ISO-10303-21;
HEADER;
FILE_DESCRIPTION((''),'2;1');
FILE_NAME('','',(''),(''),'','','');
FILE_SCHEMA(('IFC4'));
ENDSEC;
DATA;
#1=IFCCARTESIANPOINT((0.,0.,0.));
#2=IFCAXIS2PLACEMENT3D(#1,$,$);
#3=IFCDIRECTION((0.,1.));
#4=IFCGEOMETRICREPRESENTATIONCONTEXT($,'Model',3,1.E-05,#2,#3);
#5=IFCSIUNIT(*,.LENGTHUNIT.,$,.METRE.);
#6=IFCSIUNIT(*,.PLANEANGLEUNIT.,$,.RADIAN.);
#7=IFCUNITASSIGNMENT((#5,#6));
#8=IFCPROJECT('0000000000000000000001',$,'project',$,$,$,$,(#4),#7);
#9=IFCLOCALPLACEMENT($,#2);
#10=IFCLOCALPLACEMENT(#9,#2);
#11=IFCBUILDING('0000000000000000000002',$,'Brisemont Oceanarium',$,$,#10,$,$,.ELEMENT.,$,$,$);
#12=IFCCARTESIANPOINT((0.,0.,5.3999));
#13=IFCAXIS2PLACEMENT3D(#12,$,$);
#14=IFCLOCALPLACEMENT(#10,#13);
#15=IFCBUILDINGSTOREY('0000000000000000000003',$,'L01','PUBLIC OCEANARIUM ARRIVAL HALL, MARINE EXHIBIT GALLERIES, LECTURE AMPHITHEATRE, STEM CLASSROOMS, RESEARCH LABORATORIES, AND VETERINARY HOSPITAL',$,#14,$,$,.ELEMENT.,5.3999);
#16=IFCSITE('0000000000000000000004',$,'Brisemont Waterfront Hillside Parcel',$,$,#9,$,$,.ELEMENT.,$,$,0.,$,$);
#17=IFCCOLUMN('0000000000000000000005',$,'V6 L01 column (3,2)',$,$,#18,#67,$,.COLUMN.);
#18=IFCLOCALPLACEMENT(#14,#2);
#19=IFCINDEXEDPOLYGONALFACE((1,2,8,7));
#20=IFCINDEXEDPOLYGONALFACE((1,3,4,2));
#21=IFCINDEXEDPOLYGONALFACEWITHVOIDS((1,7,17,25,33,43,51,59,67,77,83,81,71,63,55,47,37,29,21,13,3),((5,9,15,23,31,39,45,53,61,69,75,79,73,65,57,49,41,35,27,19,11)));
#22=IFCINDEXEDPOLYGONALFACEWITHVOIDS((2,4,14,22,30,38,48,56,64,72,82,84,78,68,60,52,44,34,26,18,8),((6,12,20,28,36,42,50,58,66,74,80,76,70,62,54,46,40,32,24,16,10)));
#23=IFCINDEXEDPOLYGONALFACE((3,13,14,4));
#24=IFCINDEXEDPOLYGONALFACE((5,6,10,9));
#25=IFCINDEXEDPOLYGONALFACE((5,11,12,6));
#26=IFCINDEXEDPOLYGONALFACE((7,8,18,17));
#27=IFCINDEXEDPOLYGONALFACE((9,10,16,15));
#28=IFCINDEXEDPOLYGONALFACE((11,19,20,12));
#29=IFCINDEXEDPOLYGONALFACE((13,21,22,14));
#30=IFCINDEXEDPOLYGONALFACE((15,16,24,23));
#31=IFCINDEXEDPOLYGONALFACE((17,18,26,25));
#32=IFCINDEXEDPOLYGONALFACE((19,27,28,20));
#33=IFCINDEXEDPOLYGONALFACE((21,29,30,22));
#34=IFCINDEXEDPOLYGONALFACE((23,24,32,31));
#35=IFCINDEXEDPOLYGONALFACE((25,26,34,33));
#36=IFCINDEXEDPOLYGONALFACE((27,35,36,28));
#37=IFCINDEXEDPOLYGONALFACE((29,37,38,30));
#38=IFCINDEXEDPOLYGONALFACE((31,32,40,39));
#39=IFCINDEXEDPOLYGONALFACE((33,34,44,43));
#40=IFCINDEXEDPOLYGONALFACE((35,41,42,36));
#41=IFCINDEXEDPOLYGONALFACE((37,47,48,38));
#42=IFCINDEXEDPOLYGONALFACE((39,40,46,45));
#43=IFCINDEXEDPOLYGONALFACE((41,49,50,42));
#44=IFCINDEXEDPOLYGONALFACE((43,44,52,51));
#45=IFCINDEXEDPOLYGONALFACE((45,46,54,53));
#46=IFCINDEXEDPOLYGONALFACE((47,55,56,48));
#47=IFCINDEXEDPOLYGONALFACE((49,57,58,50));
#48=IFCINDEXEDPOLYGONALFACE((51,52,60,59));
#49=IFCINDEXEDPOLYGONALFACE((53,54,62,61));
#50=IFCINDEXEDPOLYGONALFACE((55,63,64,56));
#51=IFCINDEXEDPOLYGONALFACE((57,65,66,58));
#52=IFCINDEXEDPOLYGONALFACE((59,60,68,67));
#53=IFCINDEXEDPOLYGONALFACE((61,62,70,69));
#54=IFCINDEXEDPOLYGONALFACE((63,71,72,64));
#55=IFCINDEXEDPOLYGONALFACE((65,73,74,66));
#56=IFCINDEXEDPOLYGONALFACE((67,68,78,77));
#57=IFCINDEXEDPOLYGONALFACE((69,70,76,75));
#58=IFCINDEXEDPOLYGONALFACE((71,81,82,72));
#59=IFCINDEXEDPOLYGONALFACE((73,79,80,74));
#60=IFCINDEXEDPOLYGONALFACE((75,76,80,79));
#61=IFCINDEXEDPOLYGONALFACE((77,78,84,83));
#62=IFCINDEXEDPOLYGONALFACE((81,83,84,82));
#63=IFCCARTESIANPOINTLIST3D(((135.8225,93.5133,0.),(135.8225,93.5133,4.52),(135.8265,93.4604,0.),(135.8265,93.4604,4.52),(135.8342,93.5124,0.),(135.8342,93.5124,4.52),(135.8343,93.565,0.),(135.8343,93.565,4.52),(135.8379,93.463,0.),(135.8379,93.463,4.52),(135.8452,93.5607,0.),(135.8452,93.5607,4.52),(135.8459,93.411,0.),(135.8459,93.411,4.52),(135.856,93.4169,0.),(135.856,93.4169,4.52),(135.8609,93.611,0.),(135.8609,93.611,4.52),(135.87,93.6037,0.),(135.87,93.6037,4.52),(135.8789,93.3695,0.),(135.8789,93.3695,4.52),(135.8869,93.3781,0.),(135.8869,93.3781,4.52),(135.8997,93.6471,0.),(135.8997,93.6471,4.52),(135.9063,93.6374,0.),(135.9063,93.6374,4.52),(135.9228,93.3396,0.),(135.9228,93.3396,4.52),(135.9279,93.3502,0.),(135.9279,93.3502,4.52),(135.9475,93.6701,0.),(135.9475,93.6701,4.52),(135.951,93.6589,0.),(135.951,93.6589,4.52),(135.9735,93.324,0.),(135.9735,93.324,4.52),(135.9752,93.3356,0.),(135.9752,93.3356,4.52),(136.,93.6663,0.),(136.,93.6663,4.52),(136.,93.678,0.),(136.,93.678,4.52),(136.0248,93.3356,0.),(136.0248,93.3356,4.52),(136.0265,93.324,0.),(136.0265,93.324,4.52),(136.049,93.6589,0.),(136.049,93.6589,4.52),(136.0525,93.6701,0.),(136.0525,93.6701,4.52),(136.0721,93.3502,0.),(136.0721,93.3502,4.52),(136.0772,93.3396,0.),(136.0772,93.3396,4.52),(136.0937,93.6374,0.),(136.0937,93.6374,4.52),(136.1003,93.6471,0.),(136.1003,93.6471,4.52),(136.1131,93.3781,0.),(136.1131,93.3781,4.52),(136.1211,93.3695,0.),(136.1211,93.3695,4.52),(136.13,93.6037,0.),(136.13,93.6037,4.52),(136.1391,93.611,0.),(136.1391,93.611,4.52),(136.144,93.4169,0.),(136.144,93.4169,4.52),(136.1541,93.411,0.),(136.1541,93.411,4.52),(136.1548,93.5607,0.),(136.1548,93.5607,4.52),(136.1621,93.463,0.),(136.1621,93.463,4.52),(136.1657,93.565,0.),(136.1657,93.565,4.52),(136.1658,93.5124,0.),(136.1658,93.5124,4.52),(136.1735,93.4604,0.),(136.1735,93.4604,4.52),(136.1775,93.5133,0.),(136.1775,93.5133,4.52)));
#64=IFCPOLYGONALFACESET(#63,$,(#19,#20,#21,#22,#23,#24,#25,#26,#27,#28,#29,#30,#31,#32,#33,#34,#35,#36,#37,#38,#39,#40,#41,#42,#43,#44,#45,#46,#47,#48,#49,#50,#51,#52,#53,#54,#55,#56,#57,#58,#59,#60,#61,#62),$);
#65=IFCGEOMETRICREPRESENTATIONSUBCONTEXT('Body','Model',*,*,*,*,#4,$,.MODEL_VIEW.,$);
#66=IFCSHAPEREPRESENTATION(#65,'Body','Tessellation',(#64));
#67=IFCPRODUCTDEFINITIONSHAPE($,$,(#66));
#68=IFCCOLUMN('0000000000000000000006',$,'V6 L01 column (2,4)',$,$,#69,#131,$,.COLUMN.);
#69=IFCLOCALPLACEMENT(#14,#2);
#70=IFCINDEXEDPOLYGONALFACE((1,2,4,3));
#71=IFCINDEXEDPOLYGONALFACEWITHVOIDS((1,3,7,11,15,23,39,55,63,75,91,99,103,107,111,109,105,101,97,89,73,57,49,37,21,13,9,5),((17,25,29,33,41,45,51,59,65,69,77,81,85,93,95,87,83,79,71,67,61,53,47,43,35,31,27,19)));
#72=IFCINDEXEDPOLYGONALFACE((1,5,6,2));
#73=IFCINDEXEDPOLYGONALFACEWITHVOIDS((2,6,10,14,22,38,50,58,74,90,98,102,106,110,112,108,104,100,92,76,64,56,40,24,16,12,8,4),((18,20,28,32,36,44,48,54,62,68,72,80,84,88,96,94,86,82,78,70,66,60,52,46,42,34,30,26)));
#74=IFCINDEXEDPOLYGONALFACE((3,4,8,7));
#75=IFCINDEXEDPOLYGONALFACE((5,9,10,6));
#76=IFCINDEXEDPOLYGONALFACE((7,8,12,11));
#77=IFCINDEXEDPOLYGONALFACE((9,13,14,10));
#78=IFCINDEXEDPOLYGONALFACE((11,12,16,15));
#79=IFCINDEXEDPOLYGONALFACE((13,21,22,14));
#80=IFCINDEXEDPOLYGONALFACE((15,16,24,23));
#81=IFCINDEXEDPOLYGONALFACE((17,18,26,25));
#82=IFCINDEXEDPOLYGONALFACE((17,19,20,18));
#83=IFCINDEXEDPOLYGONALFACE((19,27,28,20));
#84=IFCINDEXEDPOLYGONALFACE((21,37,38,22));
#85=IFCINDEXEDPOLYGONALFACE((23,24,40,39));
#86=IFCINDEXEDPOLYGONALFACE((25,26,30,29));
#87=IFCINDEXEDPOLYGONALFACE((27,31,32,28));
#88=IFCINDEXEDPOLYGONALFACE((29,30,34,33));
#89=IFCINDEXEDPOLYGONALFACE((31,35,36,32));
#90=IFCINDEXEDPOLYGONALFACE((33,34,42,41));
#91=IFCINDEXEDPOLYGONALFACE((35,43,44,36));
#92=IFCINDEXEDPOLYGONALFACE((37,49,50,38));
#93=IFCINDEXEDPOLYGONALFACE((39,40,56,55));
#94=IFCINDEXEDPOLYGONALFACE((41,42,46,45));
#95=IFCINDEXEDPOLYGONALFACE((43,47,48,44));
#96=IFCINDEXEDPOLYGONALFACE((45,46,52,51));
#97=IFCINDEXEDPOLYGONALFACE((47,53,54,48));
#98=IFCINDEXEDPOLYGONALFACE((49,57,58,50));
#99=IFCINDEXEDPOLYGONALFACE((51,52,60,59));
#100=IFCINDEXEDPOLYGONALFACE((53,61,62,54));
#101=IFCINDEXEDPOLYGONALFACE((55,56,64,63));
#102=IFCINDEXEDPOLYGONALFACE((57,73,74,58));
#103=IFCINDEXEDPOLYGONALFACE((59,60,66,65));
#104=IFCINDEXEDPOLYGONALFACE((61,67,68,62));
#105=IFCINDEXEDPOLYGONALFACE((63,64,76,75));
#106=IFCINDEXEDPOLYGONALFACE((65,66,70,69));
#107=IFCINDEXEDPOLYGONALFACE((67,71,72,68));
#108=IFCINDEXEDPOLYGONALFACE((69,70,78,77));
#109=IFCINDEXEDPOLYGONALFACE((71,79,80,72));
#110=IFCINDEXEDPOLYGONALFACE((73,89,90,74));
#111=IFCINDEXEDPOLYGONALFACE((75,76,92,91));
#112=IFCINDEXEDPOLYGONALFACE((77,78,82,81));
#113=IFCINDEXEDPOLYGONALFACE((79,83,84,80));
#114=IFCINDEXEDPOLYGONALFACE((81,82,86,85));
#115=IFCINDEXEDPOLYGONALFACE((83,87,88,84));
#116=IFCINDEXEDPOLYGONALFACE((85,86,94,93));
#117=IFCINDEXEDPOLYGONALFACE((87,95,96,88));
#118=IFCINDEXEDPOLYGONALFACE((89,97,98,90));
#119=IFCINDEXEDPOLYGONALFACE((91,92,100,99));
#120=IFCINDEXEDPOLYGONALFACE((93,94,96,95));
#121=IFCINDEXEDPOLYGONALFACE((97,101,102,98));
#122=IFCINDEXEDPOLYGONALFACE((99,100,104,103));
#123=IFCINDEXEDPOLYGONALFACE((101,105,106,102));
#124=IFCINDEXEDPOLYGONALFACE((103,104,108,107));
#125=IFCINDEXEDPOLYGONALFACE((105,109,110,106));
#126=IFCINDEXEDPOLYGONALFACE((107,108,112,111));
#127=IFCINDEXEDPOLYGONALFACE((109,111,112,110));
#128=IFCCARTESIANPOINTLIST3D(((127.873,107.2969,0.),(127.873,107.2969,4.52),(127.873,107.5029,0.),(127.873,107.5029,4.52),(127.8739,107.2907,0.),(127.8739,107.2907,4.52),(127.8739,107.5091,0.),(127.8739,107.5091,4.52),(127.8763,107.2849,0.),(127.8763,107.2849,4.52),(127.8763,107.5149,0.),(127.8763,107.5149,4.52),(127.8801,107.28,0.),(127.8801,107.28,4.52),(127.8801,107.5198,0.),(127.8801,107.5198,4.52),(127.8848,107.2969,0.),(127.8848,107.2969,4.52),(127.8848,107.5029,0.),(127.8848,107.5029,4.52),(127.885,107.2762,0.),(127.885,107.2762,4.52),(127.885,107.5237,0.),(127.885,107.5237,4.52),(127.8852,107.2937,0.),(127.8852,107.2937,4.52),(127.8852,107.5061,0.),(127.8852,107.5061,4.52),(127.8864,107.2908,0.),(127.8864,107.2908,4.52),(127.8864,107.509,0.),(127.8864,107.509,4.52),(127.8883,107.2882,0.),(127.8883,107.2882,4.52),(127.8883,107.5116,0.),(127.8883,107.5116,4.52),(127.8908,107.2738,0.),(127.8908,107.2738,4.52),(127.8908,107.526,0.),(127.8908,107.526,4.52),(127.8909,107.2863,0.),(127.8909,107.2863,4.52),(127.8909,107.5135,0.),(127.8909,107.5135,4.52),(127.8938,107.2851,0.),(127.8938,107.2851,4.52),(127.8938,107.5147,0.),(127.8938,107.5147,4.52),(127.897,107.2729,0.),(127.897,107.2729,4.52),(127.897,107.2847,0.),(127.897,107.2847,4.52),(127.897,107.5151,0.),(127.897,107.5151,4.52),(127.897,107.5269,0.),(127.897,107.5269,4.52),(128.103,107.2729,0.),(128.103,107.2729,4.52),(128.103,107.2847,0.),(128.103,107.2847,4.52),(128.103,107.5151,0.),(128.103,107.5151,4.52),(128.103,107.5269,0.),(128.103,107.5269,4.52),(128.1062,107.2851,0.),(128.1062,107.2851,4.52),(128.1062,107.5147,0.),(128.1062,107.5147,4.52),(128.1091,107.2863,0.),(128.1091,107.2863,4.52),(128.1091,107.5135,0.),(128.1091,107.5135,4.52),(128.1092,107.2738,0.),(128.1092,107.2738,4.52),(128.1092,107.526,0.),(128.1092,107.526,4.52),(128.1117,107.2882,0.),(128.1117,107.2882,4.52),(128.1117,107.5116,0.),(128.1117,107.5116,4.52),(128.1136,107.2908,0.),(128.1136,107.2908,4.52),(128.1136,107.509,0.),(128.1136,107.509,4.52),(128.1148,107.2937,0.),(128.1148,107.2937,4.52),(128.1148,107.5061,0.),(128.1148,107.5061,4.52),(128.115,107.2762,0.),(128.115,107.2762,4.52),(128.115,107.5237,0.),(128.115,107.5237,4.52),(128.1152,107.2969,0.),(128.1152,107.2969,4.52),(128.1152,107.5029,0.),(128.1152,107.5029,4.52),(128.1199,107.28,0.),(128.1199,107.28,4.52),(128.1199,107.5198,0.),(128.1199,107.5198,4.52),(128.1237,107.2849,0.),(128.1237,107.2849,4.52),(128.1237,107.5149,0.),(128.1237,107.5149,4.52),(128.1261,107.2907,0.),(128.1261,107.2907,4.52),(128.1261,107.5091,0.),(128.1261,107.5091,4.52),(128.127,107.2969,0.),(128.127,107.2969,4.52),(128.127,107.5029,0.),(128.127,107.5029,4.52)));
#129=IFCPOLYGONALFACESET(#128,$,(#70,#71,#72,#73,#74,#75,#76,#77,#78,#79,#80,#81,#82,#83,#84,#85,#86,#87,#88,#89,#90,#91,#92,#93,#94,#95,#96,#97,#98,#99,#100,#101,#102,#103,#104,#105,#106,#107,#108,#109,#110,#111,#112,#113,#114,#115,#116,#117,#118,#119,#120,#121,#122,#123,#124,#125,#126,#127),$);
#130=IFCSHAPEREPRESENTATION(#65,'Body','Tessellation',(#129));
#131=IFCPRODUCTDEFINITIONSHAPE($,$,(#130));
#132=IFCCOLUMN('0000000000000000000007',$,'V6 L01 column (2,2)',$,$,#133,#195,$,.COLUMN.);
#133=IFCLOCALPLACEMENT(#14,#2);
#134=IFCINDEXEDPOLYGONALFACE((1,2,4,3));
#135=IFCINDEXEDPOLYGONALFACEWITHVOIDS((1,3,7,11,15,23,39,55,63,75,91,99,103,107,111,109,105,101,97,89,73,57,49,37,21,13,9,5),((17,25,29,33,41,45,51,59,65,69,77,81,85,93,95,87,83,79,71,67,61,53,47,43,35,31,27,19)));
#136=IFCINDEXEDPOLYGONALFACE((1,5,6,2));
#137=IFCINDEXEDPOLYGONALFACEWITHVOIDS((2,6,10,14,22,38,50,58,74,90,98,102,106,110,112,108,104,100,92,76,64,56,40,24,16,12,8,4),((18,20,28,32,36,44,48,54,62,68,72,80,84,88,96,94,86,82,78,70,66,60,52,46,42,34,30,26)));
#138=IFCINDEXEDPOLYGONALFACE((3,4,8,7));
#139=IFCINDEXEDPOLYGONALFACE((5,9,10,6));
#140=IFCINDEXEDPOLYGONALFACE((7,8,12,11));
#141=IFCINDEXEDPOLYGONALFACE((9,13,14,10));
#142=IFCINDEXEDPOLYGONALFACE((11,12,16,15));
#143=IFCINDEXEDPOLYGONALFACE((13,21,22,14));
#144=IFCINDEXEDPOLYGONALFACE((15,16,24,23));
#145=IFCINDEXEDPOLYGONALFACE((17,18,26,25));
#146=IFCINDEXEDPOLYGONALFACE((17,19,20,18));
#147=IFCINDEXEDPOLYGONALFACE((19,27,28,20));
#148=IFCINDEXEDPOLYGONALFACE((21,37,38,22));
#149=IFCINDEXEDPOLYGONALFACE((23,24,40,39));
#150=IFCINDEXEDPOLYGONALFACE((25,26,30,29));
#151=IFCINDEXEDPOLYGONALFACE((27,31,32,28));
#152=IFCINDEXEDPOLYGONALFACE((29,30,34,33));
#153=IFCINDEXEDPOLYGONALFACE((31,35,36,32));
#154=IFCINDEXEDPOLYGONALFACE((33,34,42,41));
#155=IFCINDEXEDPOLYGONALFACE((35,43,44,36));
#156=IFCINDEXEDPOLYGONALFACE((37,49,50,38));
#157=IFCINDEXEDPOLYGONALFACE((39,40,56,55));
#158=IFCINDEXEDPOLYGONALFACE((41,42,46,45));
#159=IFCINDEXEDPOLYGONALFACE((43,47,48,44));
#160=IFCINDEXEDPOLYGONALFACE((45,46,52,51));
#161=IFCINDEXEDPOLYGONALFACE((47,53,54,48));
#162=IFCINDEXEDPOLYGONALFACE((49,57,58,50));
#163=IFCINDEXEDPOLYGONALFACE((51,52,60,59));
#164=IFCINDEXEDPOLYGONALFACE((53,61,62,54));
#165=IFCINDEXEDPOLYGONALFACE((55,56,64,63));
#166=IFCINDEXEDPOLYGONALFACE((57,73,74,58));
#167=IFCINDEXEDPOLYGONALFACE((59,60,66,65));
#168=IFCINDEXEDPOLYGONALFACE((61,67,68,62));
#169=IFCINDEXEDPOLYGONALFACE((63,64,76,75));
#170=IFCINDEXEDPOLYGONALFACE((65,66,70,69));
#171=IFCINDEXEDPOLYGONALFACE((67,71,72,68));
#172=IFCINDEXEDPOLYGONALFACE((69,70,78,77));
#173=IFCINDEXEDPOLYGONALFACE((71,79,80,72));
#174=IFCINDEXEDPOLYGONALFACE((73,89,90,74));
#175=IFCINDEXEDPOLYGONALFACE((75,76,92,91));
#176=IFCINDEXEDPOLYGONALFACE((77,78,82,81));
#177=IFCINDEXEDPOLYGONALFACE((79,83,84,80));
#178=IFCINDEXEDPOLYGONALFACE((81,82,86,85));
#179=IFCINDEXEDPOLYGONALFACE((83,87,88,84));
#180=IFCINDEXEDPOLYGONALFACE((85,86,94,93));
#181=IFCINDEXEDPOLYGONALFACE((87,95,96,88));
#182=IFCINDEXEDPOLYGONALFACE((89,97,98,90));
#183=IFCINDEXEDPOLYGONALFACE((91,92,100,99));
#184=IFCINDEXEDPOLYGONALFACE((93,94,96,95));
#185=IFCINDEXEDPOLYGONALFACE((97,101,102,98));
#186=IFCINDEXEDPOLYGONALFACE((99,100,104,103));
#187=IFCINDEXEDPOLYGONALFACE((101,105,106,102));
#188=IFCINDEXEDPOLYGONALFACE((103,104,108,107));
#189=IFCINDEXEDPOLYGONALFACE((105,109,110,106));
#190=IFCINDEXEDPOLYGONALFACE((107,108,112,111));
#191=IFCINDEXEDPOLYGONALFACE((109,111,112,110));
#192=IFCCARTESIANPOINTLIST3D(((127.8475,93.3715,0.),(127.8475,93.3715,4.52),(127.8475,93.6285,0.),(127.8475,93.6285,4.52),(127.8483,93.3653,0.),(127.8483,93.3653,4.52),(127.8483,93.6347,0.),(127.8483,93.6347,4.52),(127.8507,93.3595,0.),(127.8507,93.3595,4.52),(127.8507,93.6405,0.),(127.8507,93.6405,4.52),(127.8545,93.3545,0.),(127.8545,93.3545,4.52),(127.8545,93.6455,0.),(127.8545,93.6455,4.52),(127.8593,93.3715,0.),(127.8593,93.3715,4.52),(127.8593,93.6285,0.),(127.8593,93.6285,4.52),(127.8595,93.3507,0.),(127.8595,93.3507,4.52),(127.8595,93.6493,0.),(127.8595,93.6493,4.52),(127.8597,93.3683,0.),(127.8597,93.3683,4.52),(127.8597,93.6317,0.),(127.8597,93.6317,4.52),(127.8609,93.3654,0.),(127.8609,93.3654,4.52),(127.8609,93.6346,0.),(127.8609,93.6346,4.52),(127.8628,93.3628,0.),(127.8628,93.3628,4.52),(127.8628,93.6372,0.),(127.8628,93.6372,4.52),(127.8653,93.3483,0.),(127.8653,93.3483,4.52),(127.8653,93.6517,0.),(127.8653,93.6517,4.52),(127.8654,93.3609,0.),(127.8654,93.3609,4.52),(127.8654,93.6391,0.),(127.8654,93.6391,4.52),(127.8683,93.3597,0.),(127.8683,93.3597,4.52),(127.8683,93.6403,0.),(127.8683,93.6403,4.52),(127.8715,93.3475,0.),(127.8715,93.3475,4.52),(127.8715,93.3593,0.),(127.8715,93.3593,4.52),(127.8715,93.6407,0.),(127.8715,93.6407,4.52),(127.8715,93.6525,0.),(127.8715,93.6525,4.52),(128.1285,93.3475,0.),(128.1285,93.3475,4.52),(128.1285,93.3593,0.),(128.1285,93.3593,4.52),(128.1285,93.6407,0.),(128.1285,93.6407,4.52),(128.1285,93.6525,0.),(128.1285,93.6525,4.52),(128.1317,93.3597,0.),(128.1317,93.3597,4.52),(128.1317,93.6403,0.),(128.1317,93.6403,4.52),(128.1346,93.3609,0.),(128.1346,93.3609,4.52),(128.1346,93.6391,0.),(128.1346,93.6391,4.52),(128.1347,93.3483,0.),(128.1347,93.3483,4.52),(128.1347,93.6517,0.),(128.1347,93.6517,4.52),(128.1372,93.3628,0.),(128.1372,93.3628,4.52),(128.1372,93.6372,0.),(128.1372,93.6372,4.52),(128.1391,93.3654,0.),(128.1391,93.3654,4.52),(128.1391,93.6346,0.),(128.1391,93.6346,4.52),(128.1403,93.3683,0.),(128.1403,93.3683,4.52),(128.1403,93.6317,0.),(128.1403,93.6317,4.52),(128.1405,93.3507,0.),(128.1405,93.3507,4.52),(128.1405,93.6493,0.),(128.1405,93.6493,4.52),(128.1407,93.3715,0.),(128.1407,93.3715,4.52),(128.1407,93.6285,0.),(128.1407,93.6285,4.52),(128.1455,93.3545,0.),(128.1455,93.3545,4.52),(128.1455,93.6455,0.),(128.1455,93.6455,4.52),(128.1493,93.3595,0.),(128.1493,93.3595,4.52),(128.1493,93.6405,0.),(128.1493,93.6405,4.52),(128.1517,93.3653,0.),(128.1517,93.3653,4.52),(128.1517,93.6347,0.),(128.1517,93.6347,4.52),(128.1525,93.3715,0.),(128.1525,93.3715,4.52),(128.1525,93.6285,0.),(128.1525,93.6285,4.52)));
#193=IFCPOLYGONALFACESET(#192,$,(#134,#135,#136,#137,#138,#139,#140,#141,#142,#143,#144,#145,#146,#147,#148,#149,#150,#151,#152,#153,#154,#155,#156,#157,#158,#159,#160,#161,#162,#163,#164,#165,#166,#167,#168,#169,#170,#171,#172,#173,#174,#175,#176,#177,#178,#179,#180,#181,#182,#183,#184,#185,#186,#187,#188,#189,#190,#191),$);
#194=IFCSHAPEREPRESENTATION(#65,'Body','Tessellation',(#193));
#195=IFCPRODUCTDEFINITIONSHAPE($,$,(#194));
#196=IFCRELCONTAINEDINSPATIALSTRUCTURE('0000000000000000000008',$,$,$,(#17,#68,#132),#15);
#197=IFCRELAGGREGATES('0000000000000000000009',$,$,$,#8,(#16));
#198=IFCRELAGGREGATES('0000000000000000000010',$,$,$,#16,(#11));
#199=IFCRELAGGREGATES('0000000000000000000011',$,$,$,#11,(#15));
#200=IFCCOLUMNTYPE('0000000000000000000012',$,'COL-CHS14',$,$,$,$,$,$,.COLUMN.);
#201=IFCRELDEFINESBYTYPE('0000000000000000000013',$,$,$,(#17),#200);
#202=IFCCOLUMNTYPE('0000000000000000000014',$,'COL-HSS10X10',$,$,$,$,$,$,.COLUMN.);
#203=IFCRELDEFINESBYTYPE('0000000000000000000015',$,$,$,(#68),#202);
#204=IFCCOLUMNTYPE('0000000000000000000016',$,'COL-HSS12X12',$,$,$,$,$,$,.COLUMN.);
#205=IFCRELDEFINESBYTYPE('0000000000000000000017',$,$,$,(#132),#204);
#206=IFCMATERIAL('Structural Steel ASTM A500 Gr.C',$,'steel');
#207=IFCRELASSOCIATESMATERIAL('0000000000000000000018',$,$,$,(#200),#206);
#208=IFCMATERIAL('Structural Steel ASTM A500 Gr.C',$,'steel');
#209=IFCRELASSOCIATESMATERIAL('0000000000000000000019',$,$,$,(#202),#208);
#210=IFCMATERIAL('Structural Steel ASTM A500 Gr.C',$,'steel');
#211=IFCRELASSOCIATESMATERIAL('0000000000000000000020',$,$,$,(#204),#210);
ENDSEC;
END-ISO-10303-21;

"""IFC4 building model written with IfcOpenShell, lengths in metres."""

from ifc_helpers import new_model, si_unit, direction, frame, origin, origin_2d, place, context, subcontext, project, spatial, hollow_rectangle, hollow_circle, extrude, material, material_profile, profile_set, type_object, element, save


model = new_model("IFC4")

# Units and contexts
model_context = context("Model", 3, precision=1e-05, world=origin(), true_north=direction((0.0, 1.0)))
body_context = subcontext(model_context, "Body", "Model", "MODEL_VIEW")
ifc_project = project(units=[si_unit("LENGTHUNIT", "METRE"), si_unit("PLANEANGLEUNIT", "RADIAN")], contexts=[model_context])

# Site, building, storey
site_placement = place(None, origin())
site = spatial("IfcSite", under=ifc_project, at=site_placement, Name="Brisemont Waterfront Hillside Parcel", CompositionType="ELEMENT", RefElevation=0.0)
building_placement = place(site_placement, origin())
building = spatial("IfcBuilding", under=site, at=building_placement, Name="Brisemont Oceanarium", CompositionType="ELEMENT")
storey_placement = place(building_placement, frame((0.0, 0.0, 5.3999)))
storey = spatial("IfcBuildingStorey", under=building, at=storey_placement, Name="L01", Description="PUBLIC OCEANARIUM ARRIVAL HALL, MARINE EXHIBIT GALLERIES, LECTURE AMPHITHEATRE, STEM CLASSROOMS, RESEARCH LABORATORIES, AND VETERINARY HOSPITAL", CompositionType="ELEMENT", Elevation=5.3999)

# Columns
ifc_material_1 = material(Name="Structural Steel ASTM A500 Gr.C", Category="steel")
ifc_material_profile_1 = material_profile(ifc_material_1, hollow_circle(Radius=0.178, WallThickness=0.0117, at=origin_2d()), Name="HSS14.000X0.500")
ifc_profile_set_1 = profile_set([ifc_material_profile_1], Name="Structural Steel ASTM A500 Gr.C")
column_type_1 = type_object("IfcColumnType", Name="COL-CHS14", PredefinedType="COLUMN", material=ifc_profile_set_1)
column_1_placement = place(storey_placement, frame((136.0, 93.5, 0.0), z_axis=(0.0, 0.0, 1.0), x_axis=(0.0, 1.0, 0.0)))
element("IfcColumn", 1, at=column_1_placement, inside=storey, type_object=column_type_1, Name="V6 L01 column (3,2)", PredefinedType="COLUMN", context=body_context, shape_type="SweptSolid", body=[
    extrude(hollow_circle(Radius=0.178, WallThickness=0.0117, at=origin_2d()), origin(), (0.0, 0.0, 1.0), 4.52),
])
ifc_material_2 = material(Name="Structural Steel ASTM A500 Gr.C", Category="steel")
ifc_material_profile_2 = material_profile(ifc_material_2, hollow_rectangle(XDim=0.2539, YDim=0.2539, WallThickness=0.0117, InnerFilletRadius=0.0122, OuterFilletRadius=0.0239, at=origin_2d()), Name="HSS10X10X1/2")
ifc_profile_set_2 = profile_set([ifc_material_profile_2], Name="Structural Steel ASTM A500 Gr.C")
column_type_2 = type_object("IfcColumnType", Name="COL-HSS10X10", PredefinedType="COLUMN", material=ifc_profile_set_2)
column_2_placement = place(storey_placement, frame((128.0, 107.3999, 0.0), z_axis=(0.0, 0.0, 1.0), x_axis=(1.0, 0.0, 0.0)))
element("IfcColumn", 2, at=column_2_placement, inside=storey, type_object=column_type_2, Name="V6 L01 column (2,4)", PredefinedType="COLUMN", context=body_context, shape_type="SweptSolid", body=[
    extrude(hollow_rectangle(XDim=0.2539, YDim=0.2539, WallThickness=0.0117, InnerFilletRadius=0.0122, OuterFilletRadius=0.0239, at=origin_2d()), origin(), (0.0, 0.0, 1.0), 4.52),
])
ifc_material_3 = material(Name="Structural Steel ASTM A500 Gr.C", Category="steel")
ifc_material_profile_3 = material_profile(ifc_material_3, hollow_rectangle(XDim=0.3049, YDim=0.3049, WallThickness=0.0117, InnerFilletRadius=0.0122, OuterFilletRadius=0.0239, at=origin_2d()), Name="HSS12X12X1/2")
ifc_profile_set_3 = profile_set([ifc_material_profile_3], Name="Structural Steel ASTM A500 Gr.C")
column_type_3 = type_object("IfcColumnType", Name="COL-HSS12X12", PredefinedType="COLUMN", material=ifc_profile_set_3)
column_3_placement = place(storey_placement, frame((128.0, 93.5, 0.0), z_axis=(0.0, 0.0, 1.0), x_axis=(1.0, 0.0, 0.0)))
element("IfcColumn", 3, at=column_3_placement, inside=storey, type_object=column_type_3, Name="V6 L01 column (2,2)", PredefinedType="COLUMN", context=body_context, shape_type="SweptSolid", body=[
    extrude(hollow_rectangle(XDim=0.3049, YDim=0.3049, WallThickness=0.0117, InnerFilletRadius=0.0122, OuterFilletRadius=0.0239, at=origin_2d()), origin(), (0.0, 0.0, 1.0), 4.52),
])

save(model, "model.ifc")
